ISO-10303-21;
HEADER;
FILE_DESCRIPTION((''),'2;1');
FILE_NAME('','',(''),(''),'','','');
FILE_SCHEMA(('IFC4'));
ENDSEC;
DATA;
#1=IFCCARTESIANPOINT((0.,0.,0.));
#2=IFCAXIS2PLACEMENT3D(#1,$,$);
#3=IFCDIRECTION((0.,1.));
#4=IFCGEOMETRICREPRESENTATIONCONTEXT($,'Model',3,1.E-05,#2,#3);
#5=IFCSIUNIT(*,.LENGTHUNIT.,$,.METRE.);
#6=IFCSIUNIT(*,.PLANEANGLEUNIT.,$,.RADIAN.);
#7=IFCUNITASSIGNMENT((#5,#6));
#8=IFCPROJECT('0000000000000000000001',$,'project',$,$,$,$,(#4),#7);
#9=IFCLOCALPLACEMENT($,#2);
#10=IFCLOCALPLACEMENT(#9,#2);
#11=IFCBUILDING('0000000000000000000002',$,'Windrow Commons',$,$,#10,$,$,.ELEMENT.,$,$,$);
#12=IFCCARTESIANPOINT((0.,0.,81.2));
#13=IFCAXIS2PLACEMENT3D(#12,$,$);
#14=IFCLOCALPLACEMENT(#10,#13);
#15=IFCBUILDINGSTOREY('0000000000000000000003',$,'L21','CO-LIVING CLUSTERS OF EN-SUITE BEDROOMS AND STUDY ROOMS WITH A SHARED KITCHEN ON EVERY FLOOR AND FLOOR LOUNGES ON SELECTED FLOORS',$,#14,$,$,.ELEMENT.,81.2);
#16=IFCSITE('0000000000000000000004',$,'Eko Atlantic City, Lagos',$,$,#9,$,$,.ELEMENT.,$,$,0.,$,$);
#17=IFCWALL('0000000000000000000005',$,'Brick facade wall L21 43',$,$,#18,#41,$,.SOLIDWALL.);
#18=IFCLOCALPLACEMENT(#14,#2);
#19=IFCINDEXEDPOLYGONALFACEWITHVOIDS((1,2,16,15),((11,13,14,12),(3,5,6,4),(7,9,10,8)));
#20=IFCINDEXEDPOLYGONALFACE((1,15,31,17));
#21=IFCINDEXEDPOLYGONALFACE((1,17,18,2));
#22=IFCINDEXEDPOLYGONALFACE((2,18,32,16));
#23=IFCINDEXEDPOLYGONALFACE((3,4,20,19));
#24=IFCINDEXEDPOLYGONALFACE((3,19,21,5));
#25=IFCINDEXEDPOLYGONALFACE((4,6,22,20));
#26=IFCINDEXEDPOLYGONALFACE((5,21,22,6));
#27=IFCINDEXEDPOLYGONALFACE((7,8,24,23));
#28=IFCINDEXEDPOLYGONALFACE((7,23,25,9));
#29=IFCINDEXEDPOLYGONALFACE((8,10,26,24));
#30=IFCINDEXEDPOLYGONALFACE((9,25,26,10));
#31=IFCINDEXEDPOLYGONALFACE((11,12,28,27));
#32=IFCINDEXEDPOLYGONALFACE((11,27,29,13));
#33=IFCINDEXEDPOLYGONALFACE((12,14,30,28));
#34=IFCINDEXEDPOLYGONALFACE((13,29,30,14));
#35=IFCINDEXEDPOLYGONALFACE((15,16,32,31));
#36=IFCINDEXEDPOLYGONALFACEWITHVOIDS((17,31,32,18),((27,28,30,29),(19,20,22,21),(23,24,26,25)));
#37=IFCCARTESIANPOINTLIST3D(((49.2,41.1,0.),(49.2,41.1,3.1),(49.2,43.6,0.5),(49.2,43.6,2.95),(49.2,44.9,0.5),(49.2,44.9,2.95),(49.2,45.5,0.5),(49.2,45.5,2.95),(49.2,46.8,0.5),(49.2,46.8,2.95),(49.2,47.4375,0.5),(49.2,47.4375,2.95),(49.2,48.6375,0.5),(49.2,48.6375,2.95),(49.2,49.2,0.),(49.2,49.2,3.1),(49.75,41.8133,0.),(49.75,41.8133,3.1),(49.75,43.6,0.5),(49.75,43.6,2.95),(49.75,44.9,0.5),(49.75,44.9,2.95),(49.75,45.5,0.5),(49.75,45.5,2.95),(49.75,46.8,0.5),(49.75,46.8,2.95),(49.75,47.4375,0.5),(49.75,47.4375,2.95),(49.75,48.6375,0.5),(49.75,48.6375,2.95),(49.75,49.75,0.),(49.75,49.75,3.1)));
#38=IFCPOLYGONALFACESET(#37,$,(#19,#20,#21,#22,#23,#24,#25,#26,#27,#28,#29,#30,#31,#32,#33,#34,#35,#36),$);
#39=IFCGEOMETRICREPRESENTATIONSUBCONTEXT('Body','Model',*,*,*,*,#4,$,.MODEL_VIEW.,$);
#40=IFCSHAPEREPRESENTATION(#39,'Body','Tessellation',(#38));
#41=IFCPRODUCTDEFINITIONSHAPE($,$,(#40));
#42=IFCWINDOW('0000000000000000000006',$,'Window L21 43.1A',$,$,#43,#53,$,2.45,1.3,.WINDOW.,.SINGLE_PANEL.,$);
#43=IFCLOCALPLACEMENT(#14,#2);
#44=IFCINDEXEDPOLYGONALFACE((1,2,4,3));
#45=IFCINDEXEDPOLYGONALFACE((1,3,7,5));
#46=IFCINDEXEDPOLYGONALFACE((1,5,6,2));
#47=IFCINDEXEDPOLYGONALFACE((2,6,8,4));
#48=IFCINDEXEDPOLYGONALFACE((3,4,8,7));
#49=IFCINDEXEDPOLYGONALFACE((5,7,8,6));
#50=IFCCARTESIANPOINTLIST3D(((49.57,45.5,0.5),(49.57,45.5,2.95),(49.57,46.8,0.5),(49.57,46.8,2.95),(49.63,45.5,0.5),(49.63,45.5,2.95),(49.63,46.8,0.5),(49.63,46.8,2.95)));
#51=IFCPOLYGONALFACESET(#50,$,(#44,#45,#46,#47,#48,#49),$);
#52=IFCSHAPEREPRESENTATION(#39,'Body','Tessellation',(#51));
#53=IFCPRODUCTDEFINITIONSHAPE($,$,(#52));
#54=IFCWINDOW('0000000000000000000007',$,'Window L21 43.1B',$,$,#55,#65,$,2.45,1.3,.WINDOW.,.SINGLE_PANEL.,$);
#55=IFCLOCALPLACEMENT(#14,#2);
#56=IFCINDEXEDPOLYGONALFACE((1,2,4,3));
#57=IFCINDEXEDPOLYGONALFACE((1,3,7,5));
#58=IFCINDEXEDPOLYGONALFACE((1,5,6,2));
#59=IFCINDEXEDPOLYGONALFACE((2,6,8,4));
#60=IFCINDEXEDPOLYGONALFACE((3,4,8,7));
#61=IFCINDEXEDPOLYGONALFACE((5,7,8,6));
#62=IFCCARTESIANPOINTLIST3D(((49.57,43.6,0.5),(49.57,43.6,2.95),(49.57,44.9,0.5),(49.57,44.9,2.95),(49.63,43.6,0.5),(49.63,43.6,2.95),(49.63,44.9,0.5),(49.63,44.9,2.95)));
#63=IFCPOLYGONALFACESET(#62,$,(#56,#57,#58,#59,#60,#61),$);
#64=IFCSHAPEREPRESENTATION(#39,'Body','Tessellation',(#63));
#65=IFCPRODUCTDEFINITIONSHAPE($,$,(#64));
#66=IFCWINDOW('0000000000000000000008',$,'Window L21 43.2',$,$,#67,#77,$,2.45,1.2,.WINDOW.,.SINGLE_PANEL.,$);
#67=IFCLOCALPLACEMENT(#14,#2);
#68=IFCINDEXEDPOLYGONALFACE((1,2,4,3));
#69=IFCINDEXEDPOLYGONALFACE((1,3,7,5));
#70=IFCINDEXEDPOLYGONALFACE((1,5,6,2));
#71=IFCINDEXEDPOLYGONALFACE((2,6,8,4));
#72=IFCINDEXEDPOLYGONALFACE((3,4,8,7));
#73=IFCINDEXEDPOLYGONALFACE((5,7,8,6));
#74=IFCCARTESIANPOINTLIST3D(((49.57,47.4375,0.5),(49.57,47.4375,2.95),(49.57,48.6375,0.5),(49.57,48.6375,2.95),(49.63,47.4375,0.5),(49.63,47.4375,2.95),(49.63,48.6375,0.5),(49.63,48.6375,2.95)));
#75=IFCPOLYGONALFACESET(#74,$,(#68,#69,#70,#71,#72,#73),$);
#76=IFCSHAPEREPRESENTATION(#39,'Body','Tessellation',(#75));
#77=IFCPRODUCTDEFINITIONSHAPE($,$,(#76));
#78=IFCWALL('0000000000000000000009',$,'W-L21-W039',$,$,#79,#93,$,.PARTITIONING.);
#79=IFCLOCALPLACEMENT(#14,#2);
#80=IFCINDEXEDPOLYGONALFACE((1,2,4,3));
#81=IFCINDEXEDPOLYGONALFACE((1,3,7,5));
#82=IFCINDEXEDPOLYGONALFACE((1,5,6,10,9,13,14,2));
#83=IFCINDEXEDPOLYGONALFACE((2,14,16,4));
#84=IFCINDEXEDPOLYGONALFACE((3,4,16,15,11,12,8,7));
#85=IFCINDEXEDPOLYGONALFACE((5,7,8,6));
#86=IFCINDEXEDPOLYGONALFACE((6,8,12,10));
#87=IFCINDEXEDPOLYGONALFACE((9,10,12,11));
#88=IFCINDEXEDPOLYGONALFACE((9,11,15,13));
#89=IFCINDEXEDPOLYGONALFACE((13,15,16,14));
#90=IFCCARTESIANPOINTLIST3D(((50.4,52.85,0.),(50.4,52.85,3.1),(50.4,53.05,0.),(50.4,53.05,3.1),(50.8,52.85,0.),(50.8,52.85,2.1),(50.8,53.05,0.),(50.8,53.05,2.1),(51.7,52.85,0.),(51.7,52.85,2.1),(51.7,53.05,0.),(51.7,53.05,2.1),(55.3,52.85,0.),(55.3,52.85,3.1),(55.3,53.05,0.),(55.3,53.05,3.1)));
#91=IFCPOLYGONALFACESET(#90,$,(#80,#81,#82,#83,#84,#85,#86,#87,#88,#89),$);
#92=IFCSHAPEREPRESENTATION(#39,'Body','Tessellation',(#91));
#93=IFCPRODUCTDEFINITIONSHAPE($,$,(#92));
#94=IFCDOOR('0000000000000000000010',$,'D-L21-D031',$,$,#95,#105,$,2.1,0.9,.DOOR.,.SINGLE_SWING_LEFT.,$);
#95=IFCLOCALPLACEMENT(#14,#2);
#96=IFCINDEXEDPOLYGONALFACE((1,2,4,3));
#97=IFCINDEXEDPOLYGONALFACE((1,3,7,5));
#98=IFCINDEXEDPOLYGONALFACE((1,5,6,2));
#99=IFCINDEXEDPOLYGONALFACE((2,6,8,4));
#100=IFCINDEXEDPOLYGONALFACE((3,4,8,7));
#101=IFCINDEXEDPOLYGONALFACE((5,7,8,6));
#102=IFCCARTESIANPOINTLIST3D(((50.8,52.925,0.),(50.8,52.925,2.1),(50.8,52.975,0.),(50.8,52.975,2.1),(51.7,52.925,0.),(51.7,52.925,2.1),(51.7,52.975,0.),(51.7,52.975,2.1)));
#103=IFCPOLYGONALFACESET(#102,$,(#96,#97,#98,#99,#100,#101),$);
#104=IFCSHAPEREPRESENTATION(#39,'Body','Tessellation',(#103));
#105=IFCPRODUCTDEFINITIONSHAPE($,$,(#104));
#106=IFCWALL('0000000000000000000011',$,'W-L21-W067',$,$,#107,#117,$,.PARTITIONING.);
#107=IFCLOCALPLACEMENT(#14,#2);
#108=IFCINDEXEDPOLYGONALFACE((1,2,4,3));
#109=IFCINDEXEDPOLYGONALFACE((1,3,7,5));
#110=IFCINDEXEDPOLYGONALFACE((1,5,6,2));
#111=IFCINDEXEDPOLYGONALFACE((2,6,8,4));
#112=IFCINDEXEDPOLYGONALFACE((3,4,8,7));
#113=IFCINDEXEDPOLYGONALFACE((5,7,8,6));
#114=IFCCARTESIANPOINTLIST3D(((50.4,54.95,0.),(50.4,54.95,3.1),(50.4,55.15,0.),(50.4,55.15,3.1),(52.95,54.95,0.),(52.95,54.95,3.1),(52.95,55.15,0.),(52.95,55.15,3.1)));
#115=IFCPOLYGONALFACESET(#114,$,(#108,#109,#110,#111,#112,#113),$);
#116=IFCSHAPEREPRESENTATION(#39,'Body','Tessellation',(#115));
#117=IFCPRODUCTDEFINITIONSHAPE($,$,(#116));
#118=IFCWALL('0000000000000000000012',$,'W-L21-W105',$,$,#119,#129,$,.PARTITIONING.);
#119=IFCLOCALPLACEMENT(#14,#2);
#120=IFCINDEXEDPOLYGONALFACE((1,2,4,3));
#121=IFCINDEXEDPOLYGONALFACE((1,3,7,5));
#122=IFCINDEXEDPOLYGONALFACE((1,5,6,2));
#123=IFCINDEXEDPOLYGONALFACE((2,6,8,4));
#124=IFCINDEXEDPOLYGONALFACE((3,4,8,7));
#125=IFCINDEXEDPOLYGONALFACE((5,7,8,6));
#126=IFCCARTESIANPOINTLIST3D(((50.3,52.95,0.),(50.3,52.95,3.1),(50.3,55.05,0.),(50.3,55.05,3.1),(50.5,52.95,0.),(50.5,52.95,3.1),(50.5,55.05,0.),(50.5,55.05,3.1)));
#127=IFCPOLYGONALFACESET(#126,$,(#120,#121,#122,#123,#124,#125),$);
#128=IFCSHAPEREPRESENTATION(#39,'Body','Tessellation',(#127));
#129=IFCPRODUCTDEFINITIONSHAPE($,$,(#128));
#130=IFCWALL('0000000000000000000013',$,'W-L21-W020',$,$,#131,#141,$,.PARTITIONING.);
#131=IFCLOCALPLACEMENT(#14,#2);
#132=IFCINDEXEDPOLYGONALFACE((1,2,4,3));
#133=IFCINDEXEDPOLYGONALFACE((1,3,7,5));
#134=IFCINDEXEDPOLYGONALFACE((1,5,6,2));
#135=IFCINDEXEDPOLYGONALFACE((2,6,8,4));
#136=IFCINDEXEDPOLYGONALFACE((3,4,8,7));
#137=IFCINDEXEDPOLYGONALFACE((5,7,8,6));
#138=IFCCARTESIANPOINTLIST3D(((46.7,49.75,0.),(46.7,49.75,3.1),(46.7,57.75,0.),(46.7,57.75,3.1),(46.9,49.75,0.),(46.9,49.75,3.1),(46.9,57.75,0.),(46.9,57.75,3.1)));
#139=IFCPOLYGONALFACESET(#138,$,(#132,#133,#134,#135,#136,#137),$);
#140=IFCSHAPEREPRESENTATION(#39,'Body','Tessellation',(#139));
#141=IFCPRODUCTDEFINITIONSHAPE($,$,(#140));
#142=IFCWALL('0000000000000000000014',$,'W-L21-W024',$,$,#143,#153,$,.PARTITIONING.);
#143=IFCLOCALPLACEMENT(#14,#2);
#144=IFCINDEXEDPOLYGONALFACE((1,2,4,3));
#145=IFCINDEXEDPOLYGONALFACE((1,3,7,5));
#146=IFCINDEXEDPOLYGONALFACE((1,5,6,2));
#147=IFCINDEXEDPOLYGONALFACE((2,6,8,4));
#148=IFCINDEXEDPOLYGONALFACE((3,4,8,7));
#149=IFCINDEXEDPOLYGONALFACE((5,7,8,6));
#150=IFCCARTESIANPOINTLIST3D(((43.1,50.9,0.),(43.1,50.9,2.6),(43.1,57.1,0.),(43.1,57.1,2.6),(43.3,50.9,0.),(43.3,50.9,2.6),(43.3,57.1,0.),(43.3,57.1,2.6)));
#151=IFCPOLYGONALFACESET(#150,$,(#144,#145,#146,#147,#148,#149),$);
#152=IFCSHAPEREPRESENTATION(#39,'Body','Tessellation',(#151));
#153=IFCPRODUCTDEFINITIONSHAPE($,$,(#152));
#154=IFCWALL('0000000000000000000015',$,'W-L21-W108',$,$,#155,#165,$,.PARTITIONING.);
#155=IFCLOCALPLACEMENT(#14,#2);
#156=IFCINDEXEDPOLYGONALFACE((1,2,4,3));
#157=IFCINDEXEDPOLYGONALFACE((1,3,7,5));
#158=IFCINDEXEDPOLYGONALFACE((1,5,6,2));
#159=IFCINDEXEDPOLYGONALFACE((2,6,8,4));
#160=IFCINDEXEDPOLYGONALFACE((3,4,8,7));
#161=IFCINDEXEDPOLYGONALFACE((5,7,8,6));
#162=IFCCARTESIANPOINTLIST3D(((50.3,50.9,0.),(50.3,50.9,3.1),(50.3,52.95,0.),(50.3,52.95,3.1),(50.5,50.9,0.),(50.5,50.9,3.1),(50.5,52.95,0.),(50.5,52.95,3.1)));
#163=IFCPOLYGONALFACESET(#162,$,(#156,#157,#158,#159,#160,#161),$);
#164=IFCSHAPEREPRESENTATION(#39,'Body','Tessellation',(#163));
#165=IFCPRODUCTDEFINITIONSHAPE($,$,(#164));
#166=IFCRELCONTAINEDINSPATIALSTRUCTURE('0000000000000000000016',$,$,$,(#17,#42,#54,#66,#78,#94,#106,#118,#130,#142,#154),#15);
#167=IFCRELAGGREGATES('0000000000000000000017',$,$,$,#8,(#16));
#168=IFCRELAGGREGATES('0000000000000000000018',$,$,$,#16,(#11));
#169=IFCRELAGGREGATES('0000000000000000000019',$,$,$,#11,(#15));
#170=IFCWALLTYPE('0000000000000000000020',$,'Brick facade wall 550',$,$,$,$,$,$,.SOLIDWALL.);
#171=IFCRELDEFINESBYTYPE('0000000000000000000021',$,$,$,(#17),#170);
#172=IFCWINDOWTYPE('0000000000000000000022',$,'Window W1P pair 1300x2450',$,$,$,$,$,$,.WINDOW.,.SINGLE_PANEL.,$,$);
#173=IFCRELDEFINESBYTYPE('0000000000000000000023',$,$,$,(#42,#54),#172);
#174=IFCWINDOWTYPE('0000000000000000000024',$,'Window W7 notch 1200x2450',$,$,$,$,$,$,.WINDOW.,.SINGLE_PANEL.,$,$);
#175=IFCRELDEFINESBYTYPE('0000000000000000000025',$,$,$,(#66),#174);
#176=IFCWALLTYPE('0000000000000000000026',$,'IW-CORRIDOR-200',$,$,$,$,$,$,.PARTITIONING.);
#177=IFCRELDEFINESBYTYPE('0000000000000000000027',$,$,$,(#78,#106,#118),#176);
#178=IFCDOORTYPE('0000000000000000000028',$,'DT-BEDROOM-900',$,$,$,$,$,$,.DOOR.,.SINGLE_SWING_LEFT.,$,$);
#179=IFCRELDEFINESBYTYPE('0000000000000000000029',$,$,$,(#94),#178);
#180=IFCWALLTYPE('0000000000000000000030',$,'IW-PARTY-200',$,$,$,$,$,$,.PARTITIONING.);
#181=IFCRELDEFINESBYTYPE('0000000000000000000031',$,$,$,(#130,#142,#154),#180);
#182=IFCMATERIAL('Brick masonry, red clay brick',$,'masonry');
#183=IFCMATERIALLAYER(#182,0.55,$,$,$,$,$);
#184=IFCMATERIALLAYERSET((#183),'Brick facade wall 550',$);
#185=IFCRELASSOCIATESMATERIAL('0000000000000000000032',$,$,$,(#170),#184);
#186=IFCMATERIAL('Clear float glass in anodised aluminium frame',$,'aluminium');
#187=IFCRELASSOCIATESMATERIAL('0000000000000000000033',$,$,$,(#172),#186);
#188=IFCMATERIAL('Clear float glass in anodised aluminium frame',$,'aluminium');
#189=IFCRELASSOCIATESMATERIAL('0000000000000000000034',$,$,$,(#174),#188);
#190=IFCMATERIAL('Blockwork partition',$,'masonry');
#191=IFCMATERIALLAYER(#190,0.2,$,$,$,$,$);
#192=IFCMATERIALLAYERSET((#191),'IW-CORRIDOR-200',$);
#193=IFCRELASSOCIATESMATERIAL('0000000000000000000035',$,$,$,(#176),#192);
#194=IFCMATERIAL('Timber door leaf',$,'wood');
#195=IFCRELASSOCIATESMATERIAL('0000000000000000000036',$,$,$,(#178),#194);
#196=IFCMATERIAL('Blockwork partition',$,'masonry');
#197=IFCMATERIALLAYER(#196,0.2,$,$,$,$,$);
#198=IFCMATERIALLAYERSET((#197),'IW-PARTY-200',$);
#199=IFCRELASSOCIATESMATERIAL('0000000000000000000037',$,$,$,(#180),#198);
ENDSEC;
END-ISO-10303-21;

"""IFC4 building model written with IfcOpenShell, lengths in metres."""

from ifc_helpers import new_model, si_unit, direction, frame, frame_2d, origin, place, context, subcontext, project, spatial, polyline, rectangle, outline, extrude, material, layer, layer_set, type_object, element, fill, save


model = new_model("IFC4")

# Units and contexts
model_context = context("Model", 3, precision=1e-05, world=origin(), true_north=direction((0.0, 1.0)))
body_context = subcontext(model_context, "Body", "Model", "MODEL_VIEW")
ifc_project = project(units=[si_unit("LENGTHUNIT", "METRE"), si_unit("PLANEANGLEUNIT", "RADIAN")], contexts=[model_context])

# Site, building, storey
site_placement = place(None, origin())
site = spatial("IfcSite", under=ifc_project, at=site_placement, Name="Eko Atlantic City, Lagos", CompositionType="ELEMENT", RefElevation=0.0)
building_placement = place(site_placement, origin())
building = spatial("IfcBuilding", under=site, at=building_placement, Name="Windrow Commons", CompositionType="ELEMENT")
storey_placement = place(building_placement, frame((0.0, 0.0, 81.2)))
storey = spatial("IfcBuildingStorey", under=building, at=storey_placement, Name="L21", Description="CO-LIVING CLUSTERS OF EN-SUITE BEDROOMS AND STUDY ROOMS WITH A SHARED KITCHEN ON EVERY FLOOR AND FLOOR LOUNGES ON SELECTED FLOORS", CompositionType="ELEMENT", Elevation=81.2)

# Wall, openings, windows
ifc_material_1 = material(Name="Brick masonry, red clay brick", Category="masonry")
ifc_layer_1 = layer(ifc_material_1, 0.55)
ifc_layer_set_1 = layer_set([ifc_layer_1], Name="Brick facade wall 550")
wall_type_1 = type_object("IfcWallType", Name="Brick facade wall 550", PredefinedType="SOLIDWALL", material=ifc_layer_set_1)
ifc_material_2 = material(Name="Clear float glass in anodised aluminium frame", Category="aluminium")
window_type_1 = type_object("IfcWindowType", Name="Window W1P pair 1300x2450", PartitioningType="SINGLE_PANEL", PredefinedType="WINDOW", material=ifc_material_2)
ifc_material_3 = material(Name="Clear float glass in anodised aluminium frame", Category="aluminium")
window_type_2 = type_object("IfcWindowType", Name="Window W7 notch 1200x2450", PartitioningType="SINGLE_PANEL", PredefinedType="WINDOW", material=ifc_material_3)
wall_1_placement = place(storey_placement, frame((49.475, 49.475, 0.0), z_axis=(0.0, 0.0, 1.0), x_axis=(0.0, -1.0, 0.0)))
wall_1 = element("IfcWall", 1, at=wall_1_placement, inside=storey, type_object=wall_type_1, Name="Brick facade wall L21 43", PredefinedType="SOLIDWALL", context=body_context, shape_type="SweptSolid", body=[
    extrude(outline(polyline([(0.275, -0.275), (8.375, -0.275), (7.6617, 0.275), (-0.275, 0.275), (0.275, -0.275)])), origin(), (0.0, 0.0, 1.0), 3.1),
])
opening_1_placement = place(wall_1_placement, frame((2.675, 0.0, 0.5)))
opening_1 = element("IfcOpeningElement", 2, at=opening_1_placement, cuts=wall_1, PredefinedType="OPENING", context=body_context, shape_type="SweptSolid", body=[
    extrude(rectangle(XDim=1.3, YDim=2.45, at=frame_2d((0.65, 1.225))), frame((0.0, 0.285, 0.0), z_axis=(0.0, -1.0, 0.0), x_axis=(1.0, 0.0, 0.0)), (0.0, 0.0, 1.0), 0.57),
])
opening_2_placement = place(wall_1_placement, frame((4.575, 0.0, 0.5)))
opening_2 = element("IfcOpeningElement", 3, at=opening_2_placement, cuts=wall_1, PredefinedType="OPENING", context=body_context, shape_type="SweptSolid", body=[
    extrude(rectangle(XDim=1.3, YDim=2.45, at=frame_2d((0.65, 1.225))), frame((0.0, 0.285, 0.0), z_axis=(0.0, -1.0, 0.0), x_axis=(1.0, 0.0, 0.0)), (0.0, 0.0, 1.0), 0.57),
])
opening_3_placement = place(wall_1_placement, frame((0.8375, 0.0, 0.5)))
opening_3 = element("IfcOpeningElement", 4, at=opening_3_placement, cuts=wall_1, PredefinedType="OPENING", context=body_context, shape_type="SweptSolid", body=[
    extrude(rectangle(XDim=1.2, YDim=2.45, at=frame_2d((0.6, 1.225))), frame((0.0, 0.285, 0.0), z_axis=(0.0, -1.0, 0.0), x_axis=(1.0, 0.0, 0.0)), (0.0, 0.0, 1.0), 0.57),
])
window_1_placement = place(opening_1_placement, origin())
window_1 = element("IfcWindow", 5, at=window_1_placement, inside=storey, type_object=window_type_1, Name="Window L21 43.1A", OverallHeight=2.45, OverallWidth=1.3, PartitioningType="SINGLE_PANEL", PredefinedType="WINDOW", context=body_context, shape_type="SweptSolid", body=[
    extrude(rectangle(XDim=1.3, YDim=2.45, at=frame_2d((0.65, 1.225))), frame((0.0, 0.155, 0.0), z_axis=(0.0, -1.0, 0.0), x_axis=(1.0, 0.0, 0.0)), (0.0, 0.0, 1.0), 0.06),
])
fill(opening_1, window_1)
window_2_placement = place(opening_2_placement, origin())
window_2 = element("IfcWindow", 6, at=window_2_placement, inside=storey, type_object=window_type_1, Name="Window L21 43.1B", OverallHeight=2.45, OverallWidth=1.3, PartitioningType="SINGLE_PANEL", PredefinedType="WINDOW", context=body_context, shape_type="SweptSolid", body=[
    extrude(rectangle(XDim=1.3, YDim=2.45, at=frame_2d((0.65, 1.225))), frame((0.0, 0.155, 0.0), z_axis=(0.0, -1.0, 0.0), x_axis=(1.0, 0.0, 0.0)), (0.0, 0.0, 1.0), 0.06),
])
fill(opening_2, window_2)
window_3_placement = place(opening_3_placement, origin())
window_3 = element("IfcWindow", 7, at=window_3_placement, inside=storey, type_object=window_type_2, Name="Window L21 43.2", OverallHeight=2.45, OverallWidth=1.2, PartitioningType="SINGLE_PANEL", PredefinedType="WINDOW", context=body_context, shape_type="SweptSolid", body=[
    extrude(rectangle(XDim=1.2, YDim=2.45, at=frame_2d((0.6, 1.225))), frame((0.0, 0.155, 0.0), z_axis=(0.0, -1.0, 0.0), x_axis=(1.0, 0.0, 0.0)), (0.0, 0.0, 1.0), 0.06),
])
fill(opening_3, window_3)

# Wall, opening, door
ifc_material_4 = material(Name="Blockwork partition", Category="masonry")
ifc_layer_2 = layer(ifc_material_4, 0.2)
ifc_layer_set_2 = layer_set([ifc_layer_2], Name="IW-CORRIDOR-200")
wall_type_2 = type_object("IfcWallType", Name="IW-CORRIDOR-200", PredefinedType="PARTITIONING", material=ifc_layer_set_2)
wall_2_placement = place(storey_placement, frame((50.4, 52.95, 0.0), z_axis=(0.0, 0.0, 1.0), x_axis=(1.0, 0.0, 0.0)))
wall_2 = element("IfcWall", 8, at=wall_2_placement, inside=storey, type_object=wall_type_2, Name="W-L21-W039", PredefinedType="PARTITIONING", context=body_context, shape_type="SweptSolid", body=[
    extrude(rectangle(XDim=4.9, YDim=0.2, at=frame_2d((2.45, 0.0))), origin(), (0.0, 0.0, 1.0), 3.1),
])
opening_4_placement = place(wall_2_placement, frame((0.4, 0.0, 0.0)))
opening_4 = element("IfcOpeningElement", 9, at=opening_4_placement, cuts=wall_2, PredefinedType="OPENING", context=body_context, shape_type="SweptSolid", body=[
    extrude(rectangle(XDim=0.9, YDim=2.1, at=frame_2d((0.45, 1.05))), frame((0.0, 0.11, 0.0), z_axis=(0.0, -1.0, 0.0), x_axis=(1.0, 0.0, 0.0)), (0.0, 0.0, 1.0), 0.22),
])
ifc_material_5 = material(Name="Timber door leaf", Category="wood")
door_type = type_object("IfcDoorType", Name="DT-BEDROOM-900", OperationType="SINGLE_SWING_LEFT", PredefinedType="DOOR", material=ifc_material_5)
door_placement = place(opening_4_placement, origin())
door = element("IfcDoor", 10, at=door_placement, inside=storey, type_object=door_type, Name="D-L21-D031", OperationType="SINGLE_SWING_LEFT", OverallHeight=2.1, OverallWidth=0.9, PredefinedType="DOOR", context=body_context, shape_type="SweptSolid", body=[
    extrude(rectangle(XDim=0.9, YDim=2.1, at=frame_2d((0.45, 1.05))), frame((0.0, 0.025, 0.0), z_axis=(0.0, -1.0, 0.0), x_axis=(1.0, 0.0, 0.0)), (0.0, 0.0, 1.0), 0.05),
])
fill(opening_4, door)

# Walls
wall_3_placement = place(storey_placement, frame((50.4, 55.05, 0.0), z_axis=(0.0, 0.0, 1.0), x_axis=(1.0, 0.0, 0.0)))
element("IfcWall", 11, at=wall_3_placement, inside=storey, type_object=wall_type_2, Name="W-L21-W067", PredefinedType="PARTITIONING", context=body_context, shape_type="SweptSolid", body=[
    extrude(rectangle(XDim=2.55, YDim=0.2, at=frame_2d((1.275, 0.0))), origin(), (0.0, 0.0, 1.0), 3.1),
])
wall_4_placement = place(storey_placement, frame((50.4, 52.95, 0.0), z_axis=(0.0, 0.0, 1.0), x_axis=(0.0, 1.0, 0.0)))
element("IfcWall", 12, at=wall_4_placement, inside=storey, type_object=wall_type_2, Name="W-L21-W105", PredefinedType="PARTITIONING", context=body_context, shape_type="SweptSolid", body=[
    extrude(rectangle(XDim=2.1, YDim=0.2, at=frame_2d((1.05, 0.0))), origin(), (0.0, 0.0, 1.0), 3.1),
])
ifc_material_6 = material(Name="Blockwork partition", Category="masonry")
ifc_layer_3 = layer(ifc_material_6, 0.2)
ifc_layer_set_3 = layer_set([ifc_layer_3], Name="IW-PARTY-200")
wall_type_3 = type_object("IfcWallType", Name="IW-PARTY-200", PredefinedType="PARTITIONING", material=ifc_layer_set_3)
wall_5_placement = place(storey_placement, frame((46.8, 49.75, 0.0), z_axis=(0.0, 0.0, 1.0), x_axis=(0.0, 1.0, 0.0)))
element("IfcWall", 13, at=wall_5_placement, inside=storey, type_object=wall_type_3, Name="W-L21-W020", PredefinedType="PARTITIONING", context=body_context, shape_type="SweptSolid", body=[
    extrude(rectangle(XDim=8.0, YDim=0.2, at=frame_2d((4.0, 0.0))), origin(), (0.0, 0.0, 1.0), 3.1),
])
wall_6_placement = place(storey_placement, frame((43.2, 50.9, 0.0), z_axis=(0.0, 0.0, 1.0), x_axis=(0.0, 1.0, 0.0)))
element("IfcWall", 14, at=wall_6_placement, inside=storey, type_object=wall_type_3, Name="W-L21-W024", PredefinedType="PARTITIONING", context=body_context, shape_type="SweptSolid", body=[
    extrude(rectangle(XDim=6.2, YDim=0.2, at=frame_2d((3.1, 0.0))), origin(), (0.0, 0.0, 1.0), 2.6),
])
wall_7_placement = place(storey_placement, frame((50.4, 50.9, 0.0), z_axis=(0.0, 0.0, 1.0), x_axis=(0.0, 1.0, 0.0)))
element("IfcWall", 15, at=wall_7_placement, inside=storey, type_object=wall_type_3, Name="W-L21-W108", PredefinedType="PARTITIONING", context=body_context, shape_type="SweptSolid", body=[
    extrude(rectangle(XDim=2.05, YDim=0.2, at=frame_2d((1.025, 0.0))), origin(), (0.0, 0.0, 1.0), 3.1),
])

save(model, "model.ifc")
